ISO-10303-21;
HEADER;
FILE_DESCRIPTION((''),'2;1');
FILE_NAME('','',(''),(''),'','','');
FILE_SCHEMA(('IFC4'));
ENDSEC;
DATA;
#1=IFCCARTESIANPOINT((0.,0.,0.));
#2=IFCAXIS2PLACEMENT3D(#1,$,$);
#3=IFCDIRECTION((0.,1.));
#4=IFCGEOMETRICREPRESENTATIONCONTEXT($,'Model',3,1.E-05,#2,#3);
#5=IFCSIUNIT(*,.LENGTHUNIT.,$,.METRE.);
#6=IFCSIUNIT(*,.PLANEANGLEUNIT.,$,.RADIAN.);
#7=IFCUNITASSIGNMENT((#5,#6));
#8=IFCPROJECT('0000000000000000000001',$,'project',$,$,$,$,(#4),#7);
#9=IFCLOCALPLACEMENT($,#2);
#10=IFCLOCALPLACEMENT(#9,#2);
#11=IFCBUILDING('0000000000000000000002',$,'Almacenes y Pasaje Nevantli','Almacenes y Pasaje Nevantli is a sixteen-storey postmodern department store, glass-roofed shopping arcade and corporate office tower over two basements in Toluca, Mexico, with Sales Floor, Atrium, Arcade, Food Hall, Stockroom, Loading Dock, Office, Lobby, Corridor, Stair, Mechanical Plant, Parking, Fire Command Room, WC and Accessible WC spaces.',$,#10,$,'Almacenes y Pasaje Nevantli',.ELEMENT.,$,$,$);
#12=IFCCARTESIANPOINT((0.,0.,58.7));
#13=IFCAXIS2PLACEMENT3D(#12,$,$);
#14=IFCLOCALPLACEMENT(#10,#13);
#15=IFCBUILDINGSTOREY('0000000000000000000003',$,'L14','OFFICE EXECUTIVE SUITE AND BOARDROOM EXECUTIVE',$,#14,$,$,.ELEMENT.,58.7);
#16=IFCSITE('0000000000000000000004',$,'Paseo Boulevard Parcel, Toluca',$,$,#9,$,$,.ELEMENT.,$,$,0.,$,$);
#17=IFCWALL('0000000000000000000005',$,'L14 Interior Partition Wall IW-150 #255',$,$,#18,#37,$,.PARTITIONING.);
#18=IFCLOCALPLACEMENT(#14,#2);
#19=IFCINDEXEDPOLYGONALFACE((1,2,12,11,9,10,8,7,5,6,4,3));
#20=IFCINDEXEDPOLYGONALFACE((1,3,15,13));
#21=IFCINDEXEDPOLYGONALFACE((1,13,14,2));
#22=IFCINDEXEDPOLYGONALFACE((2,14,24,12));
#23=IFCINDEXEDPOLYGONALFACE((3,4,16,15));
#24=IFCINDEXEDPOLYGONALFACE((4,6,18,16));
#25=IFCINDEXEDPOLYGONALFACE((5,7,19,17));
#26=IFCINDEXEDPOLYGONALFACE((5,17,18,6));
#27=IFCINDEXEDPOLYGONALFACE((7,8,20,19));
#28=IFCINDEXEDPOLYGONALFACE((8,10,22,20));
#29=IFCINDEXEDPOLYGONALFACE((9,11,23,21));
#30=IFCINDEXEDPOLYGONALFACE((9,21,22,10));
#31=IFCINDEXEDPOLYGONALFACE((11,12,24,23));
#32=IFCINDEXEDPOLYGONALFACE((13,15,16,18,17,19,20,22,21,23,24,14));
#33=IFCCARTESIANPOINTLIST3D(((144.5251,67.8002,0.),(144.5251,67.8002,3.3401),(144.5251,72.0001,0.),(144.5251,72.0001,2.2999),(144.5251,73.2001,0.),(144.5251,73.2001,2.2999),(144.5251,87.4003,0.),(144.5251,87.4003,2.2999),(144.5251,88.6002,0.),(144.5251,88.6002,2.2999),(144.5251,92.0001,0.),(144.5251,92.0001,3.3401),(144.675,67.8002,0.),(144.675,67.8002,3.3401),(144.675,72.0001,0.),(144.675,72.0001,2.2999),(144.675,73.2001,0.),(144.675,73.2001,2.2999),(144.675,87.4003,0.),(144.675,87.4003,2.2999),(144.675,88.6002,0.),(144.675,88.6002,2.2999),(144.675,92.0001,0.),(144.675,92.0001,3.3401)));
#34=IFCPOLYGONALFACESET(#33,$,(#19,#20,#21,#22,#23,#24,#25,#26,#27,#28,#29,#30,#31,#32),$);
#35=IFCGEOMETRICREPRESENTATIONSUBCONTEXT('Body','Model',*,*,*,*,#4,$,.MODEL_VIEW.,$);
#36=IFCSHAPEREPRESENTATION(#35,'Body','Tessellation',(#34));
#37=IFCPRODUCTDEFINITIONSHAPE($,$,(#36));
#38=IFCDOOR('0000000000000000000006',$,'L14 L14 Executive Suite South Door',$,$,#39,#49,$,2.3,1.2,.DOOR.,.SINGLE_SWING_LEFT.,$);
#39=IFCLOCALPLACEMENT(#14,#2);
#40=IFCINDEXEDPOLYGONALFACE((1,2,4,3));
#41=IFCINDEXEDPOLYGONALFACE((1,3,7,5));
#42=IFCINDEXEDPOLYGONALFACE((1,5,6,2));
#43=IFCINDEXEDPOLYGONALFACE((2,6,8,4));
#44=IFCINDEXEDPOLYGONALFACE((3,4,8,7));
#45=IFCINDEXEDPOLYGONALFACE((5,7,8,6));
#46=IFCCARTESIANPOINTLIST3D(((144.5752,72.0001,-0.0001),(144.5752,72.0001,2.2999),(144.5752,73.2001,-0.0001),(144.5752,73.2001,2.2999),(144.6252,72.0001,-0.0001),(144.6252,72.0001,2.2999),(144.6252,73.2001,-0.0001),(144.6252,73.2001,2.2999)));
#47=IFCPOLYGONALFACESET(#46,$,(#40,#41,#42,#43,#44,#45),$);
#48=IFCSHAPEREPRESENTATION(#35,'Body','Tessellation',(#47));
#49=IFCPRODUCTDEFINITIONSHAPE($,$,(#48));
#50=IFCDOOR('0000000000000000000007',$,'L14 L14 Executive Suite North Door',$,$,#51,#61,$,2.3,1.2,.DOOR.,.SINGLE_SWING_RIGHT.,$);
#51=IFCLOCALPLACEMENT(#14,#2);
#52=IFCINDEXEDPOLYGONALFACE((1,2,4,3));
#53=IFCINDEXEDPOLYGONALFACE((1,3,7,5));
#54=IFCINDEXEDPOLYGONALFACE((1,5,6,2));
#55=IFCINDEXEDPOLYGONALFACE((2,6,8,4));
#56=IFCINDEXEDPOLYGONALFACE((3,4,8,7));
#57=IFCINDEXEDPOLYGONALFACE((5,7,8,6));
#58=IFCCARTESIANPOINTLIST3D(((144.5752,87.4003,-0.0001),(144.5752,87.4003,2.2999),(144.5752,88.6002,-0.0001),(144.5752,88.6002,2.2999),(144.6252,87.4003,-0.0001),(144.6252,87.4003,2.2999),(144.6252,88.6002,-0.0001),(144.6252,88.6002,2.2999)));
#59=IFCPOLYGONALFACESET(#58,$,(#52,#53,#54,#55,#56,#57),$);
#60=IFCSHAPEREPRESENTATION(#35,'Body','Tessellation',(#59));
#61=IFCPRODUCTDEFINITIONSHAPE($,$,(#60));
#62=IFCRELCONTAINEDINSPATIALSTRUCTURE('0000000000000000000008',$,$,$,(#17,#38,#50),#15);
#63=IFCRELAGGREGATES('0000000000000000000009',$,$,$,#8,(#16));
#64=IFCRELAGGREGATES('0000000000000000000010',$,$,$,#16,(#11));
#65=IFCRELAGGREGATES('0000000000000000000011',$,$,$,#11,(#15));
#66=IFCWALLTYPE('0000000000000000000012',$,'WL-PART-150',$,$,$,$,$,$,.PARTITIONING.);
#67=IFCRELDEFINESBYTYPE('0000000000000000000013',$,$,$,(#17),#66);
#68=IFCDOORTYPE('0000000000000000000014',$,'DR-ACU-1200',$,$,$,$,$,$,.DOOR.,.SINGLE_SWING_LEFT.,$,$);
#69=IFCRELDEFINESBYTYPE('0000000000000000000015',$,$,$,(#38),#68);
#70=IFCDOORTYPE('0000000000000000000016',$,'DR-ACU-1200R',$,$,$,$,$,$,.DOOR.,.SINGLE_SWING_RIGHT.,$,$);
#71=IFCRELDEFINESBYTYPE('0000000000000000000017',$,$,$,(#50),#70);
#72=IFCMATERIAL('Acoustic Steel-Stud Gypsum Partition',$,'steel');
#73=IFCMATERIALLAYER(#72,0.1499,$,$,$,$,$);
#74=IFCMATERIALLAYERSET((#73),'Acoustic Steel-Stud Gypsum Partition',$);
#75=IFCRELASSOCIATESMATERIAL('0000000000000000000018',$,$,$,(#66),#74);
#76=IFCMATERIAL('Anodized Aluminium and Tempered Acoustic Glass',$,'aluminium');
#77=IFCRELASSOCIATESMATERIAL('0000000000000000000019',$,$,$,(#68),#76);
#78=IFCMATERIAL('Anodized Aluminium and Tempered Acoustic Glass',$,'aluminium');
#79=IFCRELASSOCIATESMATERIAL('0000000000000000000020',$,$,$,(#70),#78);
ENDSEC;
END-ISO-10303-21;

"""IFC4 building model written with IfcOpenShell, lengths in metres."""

from ifc_helpers import new_model, si_unit, direction, frame, frame_2d, origin, place, context, subcontext, project, spatial, rectangle, extrude, material, layer, layer_set, type_object, element, fill, save


model = new_model("IFC4")

# Units and contexts
model_context = context("Model", 3, precision=1e-05, world=origin(), true_north=direction((0.0, 1.0)))
body_context = subcontext(model_context, "Body", "Model", "MODEL_VIEW")
ifc_project = project(units=[si_unit("LENGTHUNIT", "METRE"), si_unit("PLANEANGLEUNIT", "RADIAN")], contexts=[model_context])

# Site, building, storey
site_placement = place(None, origin())
site = spatial("IfcSite", under=ifc_project, at=site_placement, Name="Paseo Boulevard Parcel, Toluca", CompositionType="ELEMENT", RefElevation=0.0)
building_placement = place(site_placement, origin())
building = spatial("IfcBuilding", under=site, at=building_placement, Name="Almacenes y Pasaje Nevantli", Description="Almacenes y Pasaje Nevantli is a sixteen-storey postmodern department store, glass-roofed shopping arcade and corporate office tower over two basements in Toluca, Mexico, with Sales Floor, Atrium, Arcade, Food Hall, Stockroom, Loading Dock, Office, Lobby, Corridor, Stair, Mechanical Plant, Parking, Fire Command Room, WC and Accessible WC spaces.", LongName="Almacenes y Pasaje Nevantli", CompositionType="ELEMENT")
storey_placement = place(building_placement, frame((0.0, 0.0, 58.7)))
storey = spatial("IfcBuildingStorey", under=building, at=storey_placement, Name="L14", Description="OFFICE EXECUTIVE SUITE AND BOARDROOM EXECUTIVE", CompositionType="ELEMENT", Elevation=58.7)

# Wall, openings, doors
ifc_material_1 = material(Name="Acoustic Steel-Stud Gypsum Partition", Category="steel")
ifc_layer_1 = layer(ifc_material_1, 0.1499)
ifc_layer_set_1 = layer_set([ifc_layer_1], Name="Acoustic Steel-Stud Gypsum Partition")
wall_type_1 = type_object("IfcWallType", Name="WL-PART-150", PredefinedType="PARTITIONING", material=ifc_layer_set_1)
wall_1_placement = place(storey_placement, frame((144.6001, 67.8, 0.0), z_axis=(0.0, 0.0, 1.0), x_axis=(0.0, 1.0, 0.0)))
wall_1 = element("IfcWall", 1, at=wall_1_placement, inside=storey, type_object=wall_type_1, Name="L14 Interior Partition Wall IW-150 #255", PredefinedType="PARTITIONING", context=body_context, shape_type="SweptSolid", body=[
    extrude(rectangle(XDim=24.2, YDim=0.1499, at=frame_2d((12.1001, 0.0))), origin(), (0.0, 0.0, 1.0), 3.3401),
])
opening_1_placement = place(wall_1_placement, frame((4.2, 0.0, 0.0)))
opening_1 = element("IfcOpeningElement", 2, at=opening_1_placement, cuts=wall_1, PredefinedType="OPENING", context=body_context, shape_type="SweptSolid", body=[
    extrude(rectangle(XDim=1.2, YDim=2.3, at=frame_2d((0.6001, 1.1499))), frame((0.0, 0.085, 0.0), z_axis=(0.0, -1.0, 0.0), x_axis=(1.0, 0.0, 0.0)), (0.0, 0.0, 1.0), 0.1699),
])
opening_2_placement = place(wall_1_placement, frame((19.6001, 0.0, 0.0)))
opening_2 = element("IfcOpeningElement", 3, at=opening_2_placement, cuts=wall_1, PredefinedType="OPENING", context=body_context, shape_type="SweptSolid", body=[
    extrude(rectangle(XDim=1.2, YDim=2.3, at=frame_2d((0.6001, 1.1499))), frame((0.0, 0.085, 0.0), z_axis=(0.0, -1.0, 0.0), x_axis=(1.0, 0.0, 0.0)), (0.0, 0.0, 1.0), 0.1699),
])
ifc_material_2 = material(Name="Anodized Aluminium and Tempered Acoustic Glass", Category="aluminium")
door_type_1 = type_object("IfcDoorType", Name="DR-ACU-1200", OperationType="SINGLE_SWING_LEFT", PredefinedType="DOOR", material=ifc_material_2)
door_1_placement = place(opening_1_placement, origin())
door_1 = element("IfcDoor", 4, at=door_1_placement, inside=storey, type_object=door_type_1, Name="L14 L14 Executive Suite South Door", OperationType="SINGLE_SWING_LEFT", OverallHeight=2.3, OverallWidth=1.2, PredefinedType="DOOR", context=body_context, shape_type="SweptSolid", body=[
    extrude(rectangle(XDim=1.2, YDim=2.3, at=frame_2d((0.6001, 1.1499))), frame((0.0, 0.0249, 0.0), z_axis=(0.0, -1.0, 0.0), x_axis=(1.0, 0.0, 0.0)), (0.0, 0.0, 1.0), 0.05),
])
fill(opening_1, door_1)
ifc_material_3 = material(Name="Anodized Aluminium and Tempered Acoustic Glass", Category="aluminium")
door_type_2 = type_object("IfcDoorType", Name="DR-ACU-1200R", OperationType="SINGLE_SWING_RIGHT", PredefinedType="DOOR", material=ifc_material_3)
door_2_placement = place(opening_2_placement, origin())
door_2 = element("IfcDoor", 5, at=door_2_placement, inside=storey, type_object=door_type_2, Name="L14 L14 Executive Suite North Door", OperationType="SINGLE_SWING_RIGHT", OverallHeight=2.3, OverallWidth=1.2, PredefinedType="DOOR", context=body_context, shape_type="SweptSolid", body=[
    extrude(rectangle(XDim=1.2, YDim=2.3, at=frame_2d((0.6001, 1.1499))), frame((0.0, 0.0249, 0.0), z_axis=(0.0, -1.0, 0.0), x_axis=(1.0, 0.0, 0.0)), (0.0, 0.0, 1.0), 0.05),
])
fill(opening_2, door_2)

save(model, "model.ifc")
